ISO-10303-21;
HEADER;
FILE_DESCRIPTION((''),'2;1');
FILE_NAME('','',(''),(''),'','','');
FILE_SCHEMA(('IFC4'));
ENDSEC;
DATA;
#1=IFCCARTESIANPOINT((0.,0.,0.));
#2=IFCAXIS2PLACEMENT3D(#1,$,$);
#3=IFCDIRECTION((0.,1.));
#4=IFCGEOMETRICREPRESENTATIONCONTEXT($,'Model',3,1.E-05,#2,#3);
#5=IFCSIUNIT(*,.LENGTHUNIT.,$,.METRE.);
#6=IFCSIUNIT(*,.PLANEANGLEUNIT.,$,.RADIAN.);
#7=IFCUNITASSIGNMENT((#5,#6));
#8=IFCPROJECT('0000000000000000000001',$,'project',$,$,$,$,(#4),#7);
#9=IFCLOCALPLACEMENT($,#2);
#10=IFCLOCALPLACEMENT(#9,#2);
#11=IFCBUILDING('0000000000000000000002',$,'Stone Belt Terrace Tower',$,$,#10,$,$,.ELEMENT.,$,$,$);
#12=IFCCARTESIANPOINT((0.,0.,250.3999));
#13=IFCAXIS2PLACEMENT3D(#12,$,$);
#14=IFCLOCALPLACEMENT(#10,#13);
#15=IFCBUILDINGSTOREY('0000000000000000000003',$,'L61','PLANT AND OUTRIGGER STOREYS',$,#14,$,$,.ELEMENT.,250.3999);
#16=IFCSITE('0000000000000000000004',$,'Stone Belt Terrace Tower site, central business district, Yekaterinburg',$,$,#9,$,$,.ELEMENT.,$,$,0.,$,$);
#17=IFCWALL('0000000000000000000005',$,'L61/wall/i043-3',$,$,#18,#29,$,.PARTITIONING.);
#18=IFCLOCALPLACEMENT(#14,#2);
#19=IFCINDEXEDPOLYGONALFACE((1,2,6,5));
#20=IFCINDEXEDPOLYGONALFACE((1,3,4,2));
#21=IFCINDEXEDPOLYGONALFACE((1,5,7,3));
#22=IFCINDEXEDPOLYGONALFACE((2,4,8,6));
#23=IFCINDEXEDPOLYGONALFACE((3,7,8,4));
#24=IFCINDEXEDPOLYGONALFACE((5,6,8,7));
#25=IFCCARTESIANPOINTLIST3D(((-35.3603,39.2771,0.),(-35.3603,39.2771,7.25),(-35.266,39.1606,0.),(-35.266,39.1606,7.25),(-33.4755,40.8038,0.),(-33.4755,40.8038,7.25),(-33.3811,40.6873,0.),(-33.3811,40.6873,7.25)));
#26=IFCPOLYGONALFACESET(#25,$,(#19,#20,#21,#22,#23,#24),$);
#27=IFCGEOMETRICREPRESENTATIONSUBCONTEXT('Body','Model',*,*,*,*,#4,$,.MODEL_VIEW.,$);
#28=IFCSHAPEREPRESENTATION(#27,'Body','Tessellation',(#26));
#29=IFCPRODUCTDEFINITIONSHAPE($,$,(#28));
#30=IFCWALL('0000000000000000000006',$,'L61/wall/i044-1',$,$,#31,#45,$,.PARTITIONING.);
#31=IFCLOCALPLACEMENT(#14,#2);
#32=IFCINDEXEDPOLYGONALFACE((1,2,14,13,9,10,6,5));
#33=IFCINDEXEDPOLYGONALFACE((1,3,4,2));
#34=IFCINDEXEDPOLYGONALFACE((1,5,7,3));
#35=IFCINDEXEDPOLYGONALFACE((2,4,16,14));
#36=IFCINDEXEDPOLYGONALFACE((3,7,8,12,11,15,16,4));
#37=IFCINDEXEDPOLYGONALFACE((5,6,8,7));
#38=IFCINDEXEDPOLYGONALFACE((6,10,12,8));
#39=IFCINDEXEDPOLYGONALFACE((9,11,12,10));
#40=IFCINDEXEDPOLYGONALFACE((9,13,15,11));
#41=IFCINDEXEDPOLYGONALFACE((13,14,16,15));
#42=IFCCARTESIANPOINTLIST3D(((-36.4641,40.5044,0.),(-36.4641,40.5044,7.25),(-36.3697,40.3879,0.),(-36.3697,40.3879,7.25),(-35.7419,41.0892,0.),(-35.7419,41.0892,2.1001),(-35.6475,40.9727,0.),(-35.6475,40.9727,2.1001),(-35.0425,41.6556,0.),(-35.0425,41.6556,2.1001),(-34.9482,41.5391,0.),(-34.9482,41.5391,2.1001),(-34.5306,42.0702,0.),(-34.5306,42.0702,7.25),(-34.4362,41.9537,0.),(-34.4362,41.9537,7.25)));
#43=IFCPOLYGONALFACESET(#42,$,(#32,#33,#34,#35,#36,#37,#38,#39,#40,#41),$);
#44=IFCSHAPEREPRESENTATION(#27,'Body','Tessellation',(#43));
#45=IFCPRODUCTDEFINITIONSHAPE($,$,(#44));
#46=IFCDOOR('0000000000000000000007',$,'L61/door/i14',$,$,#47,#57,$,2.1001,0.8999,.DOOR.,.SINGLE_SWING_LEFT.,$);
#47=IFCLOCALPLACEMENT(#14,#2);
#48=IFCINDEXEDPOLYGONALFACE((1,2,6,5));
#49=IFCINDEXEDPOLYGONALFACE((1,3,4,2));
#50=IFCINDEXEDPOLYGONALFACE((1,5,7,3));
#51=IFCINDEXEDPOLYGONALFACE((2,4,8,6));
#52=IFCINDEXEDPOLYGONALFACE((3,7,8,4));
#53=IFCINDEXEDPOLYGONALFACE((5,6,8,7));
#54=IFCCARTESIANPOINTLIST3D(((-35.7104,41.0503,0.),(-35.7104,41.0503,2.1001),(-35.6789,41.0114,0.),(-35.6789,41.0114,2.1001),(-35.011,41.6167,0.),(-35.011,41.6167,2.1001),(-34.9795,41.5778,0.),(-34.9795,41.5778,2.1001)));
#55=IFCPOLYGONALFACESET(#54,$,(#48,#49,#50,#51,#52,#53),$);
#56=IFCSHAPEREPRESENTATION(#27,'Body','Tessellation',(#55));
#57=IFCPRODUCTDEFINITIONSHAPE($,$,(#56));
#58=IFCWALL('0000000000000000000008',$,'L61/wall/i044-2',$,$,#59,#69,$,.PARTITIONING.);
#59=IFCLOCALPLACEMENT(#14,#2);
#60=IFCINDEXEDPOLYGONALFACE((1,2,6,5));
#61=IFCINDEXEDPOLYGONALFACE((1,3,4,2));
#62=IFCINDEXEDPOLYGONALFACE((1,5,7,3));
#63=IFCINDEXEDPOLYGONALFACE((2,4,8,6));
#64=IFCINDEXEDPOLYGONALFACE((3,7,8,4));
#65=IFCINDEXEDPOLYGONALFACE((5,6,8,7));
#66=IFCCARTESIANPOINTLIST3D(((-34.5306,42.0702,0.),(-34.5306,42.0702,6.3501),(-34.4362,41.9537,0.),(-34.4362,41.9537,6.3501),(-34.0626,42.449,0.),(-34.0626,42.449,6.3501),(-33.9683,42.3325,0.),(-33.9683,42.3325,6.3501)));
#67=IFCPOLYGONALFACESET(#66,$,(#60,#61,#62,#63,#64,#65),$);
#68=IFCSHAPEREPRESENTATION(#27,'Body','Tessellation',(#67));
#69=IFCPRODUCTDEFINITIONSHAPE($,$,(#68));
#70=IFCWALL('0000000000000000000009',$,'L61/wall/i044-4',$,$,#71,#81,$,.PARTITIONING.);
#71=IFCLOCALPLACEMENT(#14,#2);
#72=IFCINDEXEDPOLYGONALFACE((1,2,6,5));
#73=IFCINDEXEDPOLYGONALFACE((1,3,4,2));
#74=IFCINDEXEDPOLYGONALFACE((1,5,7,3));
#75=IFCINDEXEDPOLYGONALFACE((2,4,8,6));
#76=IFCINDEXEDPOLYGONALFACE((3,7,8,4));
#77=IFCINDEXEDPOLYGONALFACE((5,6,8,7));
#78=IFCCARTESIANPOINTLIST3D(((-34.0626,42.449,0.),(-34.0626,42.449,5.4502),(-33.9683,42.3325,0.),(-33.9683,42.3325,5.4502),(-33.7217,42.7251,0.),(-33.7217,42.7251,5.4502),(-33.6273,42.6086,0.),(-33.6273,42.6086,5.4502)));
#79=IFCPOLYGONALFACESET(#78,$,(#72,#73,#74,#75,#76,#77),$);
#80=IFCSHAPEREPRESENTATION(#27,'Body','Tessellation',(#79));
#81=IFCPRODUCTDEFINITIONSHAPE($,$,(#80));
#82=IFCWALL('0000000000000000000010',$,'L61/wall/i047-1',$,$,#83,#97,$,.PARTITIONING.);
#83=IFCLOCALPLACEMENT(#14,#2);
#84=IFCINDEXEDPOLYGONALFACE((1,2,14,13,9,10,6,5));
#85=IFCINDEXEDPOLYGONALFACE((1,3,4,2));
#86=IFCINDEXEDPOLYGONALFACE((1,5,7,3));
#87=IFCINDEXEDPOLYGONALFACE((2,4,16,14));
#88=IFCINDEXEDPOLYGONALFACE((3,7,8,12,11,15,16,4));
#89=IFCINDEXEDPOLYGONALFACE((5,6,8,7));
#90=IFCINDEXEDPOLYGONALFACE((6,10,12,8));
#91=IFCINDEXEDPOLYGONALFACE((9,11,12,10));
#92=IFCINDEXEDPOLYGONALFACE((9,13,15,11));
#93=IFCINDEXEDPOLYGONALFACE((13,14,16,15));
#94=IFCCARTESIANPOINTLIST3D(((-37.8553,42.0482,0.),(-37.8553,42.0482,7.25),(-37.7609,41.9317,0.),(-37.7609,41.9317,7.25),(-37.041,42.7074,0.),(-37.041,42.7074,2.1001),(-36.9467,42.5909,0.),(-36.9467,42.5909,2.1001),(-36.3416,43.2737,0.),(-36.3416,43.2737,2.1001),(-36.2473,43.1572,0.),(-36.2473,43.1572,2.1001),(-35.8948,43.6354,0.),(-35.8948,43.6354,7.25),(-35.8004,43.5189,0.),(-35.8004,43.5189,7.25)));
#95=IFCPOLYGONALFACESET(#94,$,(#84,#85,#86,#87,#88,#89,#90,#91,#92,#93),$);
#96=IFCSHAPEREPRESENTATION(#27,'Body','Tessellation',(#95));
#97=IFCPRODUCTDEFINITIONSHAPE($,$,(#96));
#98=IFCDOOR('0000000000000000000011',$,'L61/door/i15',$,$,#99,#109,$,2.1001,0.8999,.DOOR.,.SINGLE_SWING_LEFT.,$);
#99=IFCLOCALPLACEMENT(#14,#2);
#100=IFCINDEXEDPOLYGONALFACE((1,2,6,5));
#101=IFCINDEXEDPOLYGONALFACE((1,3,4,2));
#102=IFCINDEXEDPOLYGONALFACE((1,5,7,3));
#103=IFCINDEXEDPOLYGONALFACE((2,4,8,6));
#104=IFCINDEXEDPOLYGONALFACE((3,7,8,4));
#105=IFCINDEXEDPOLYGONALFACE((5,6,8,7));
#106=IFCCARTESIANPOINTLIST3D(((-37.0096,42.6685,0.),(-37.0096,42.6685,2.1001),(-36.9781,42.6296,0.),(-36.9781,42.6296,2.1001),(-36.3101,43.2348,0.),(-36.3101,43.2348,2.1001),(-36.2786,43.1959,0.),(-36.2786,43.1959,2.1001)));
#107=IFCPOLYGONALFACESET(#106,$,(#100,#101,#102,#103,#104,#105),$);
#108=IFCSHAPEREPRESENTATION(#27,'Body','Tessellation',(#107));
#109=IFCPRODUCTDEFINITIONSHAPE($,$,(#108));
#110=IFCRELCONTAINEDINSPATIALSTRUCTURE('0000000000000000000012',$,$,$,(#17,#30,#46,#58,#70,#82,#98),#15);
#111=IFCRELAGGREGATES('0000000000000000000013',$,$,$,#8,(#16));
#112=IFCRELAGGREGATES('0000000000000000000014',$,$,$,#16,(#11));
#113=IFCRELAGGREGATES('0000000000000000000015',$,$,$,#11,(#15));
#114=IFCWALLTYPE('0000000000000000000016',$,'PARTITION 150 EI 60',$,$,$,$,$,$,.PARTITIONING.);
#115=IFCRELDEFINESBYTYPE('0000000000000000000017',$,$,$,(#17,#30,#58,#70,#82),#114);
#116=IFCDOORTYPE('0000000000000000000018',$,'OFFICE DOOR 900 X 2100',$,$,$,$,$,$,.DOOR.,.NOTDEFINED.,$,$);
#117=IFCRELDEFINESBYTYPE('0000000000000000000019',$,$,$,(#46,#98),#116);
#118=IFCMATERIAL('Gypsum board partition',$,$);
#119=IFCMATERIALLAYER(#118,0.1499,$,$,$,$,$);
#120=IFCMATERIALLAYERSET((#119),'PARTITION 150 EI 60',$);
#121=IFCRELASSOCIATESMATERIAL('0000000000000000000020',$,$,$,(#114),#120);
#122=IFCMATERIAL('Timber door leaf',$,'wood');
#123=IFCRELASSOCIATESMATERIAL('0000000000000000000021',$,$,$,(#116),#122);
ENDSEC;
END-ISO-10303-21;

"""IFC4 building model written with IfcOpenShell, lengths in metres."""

from ifc_helpers import new_model, si_unit, direction, frame, frame_2d, origin, place, context, subcontext, project, spatial, rectangle, extrude, material, layer, layer_set, type_object, element, fill, save


model = new_model("IFC4")

# Units and contexts
model_context = context("Model", 3, precision=1e-05, world=origin(), true_north=direction((0.0, 1.0)))
body_context = subcontext(model_context, "Body", "Model", "MODEL_VIEW")
ifc_project = project(units=[si_unit("LENGTHUNIT", "METRE"), si_unit("PLANEANGLEUNIT", "RADIAN")], contexts=[model_context])

# Site, building, storey
site_placement = place(None, origin())
site = spatial("IfcSite", under=ifc_project, at=site_placement, Name="Stone Belt Terrace Tower site, central business district, Yekaterinburg", CompositionType="ELEMENT", RefElevation=0.0)
building_placement = place(site_placement, origin())
building = spatial("IfcBuilding", under=site, at=building_placement, Name="Stone Belt Terrace Tower", CompositionType="ELEMENT")
storey_placement = place(building_placement, frame((0.0, 0.0, 250.3999)))
storey = spatial("IfcBuildingStorey", under=building, at=storey_placement, Name="L61", Description="PLANT AND OUTRIGGER STOREYS", CompositionType="ELEMENT", Elevation=250.3999)

# Shared definitions
ifc_material_1 = material(Name="Gypsum board partition")
ifc_layer_1 = layer(ifc_material_1, 0.1499)
ifc_layer_set_1 = layer_set([ifc_layer_1], Name="PARTITION 150 EI 60")
wall_type = type_object("IfcWallType", Name="PARTITION 150 EI 60", PredefinedType="PARTITIONING", material=ifc_layer_set_1)

# Wall
wall_1_placement = place(storey_placement, frame((-33.4282, 40.7456, 0.0), z_axis=(0.0, 0.0, 1.0), x_axis=(-0.777074, -0.62941, 0.0)))
element("IfcWall", 1, at=wall_1_placement, inside=storey, type_object=wall_type, Name="L61/wall/i043-3", PredefinedType="PARTITIONING", context=body_context, shape_type="SweptSolid", body=[
    extrude(rectangle(XDim=2.4255, YDim=0.1499, at=frame_2d((1.2129, 0.0))), origin(), (0.0, 0.0, 1.0), 7.25),
])

# Wall, opening, door
wall_2_placement = place(storey_placement, frame((-36.417, 40.446, 0.0), z_axis=(0.0, 0.0, 1.0), x_axis=(0.777121, 0.629351, 0.0)))
wall_2 = element("IfcWall", 2, at=wall_2_placement, inside=storey, type_object=wall_type, Name="L61/wall/i044-1", PredefinedType="PARTITIONING", context=body_context, shape_type="SweptSolid", body=[
    extrude(rectangle(XDim=2.488, YDim=0.1499, at=frame_2d((1.2441, 0.0))), origin(), (0.0, 0.0, 1.0), 7.25),
])
opening_1_placement = place(wall_2_placement, frame((0.9294, 0.0, 0.0)))
opening_1 = element("IfcOpeningElement", 3, at=opening_1_placement, cuts=wall_2, PredefinedType="OPENING", context=body_context, shape_type="SweptSolid", body=[
    extrude(rectangle(XDim=0.8999, YDim=2.1001, at=frame_2d((0.45, 1.05))), frame((0.0, 0.085, 0.0), z_axis=(0.0, -1.0, 0.0), x_axis=(1.0, 0.0, 0.0)), (0.0, 0.0, 1.0), 0.1699),
])
ifc_material_2 = material(Name="Timber door leaf", Category="wood")
door_type_1 = type_object("IfcDoorType", Name="OFFICE DOOR 900 X 2100", OperationType="NOTDEFINED", PredefinedType="DOOR", material=ifc_material_2)
door_1_placement = place(opening_1_placement, origin())
door_1 = element("IfcDoor", 4, at=door_1_placement, inside=storey, type_object=door_type_1, Name="L61/door/i14", OperationType="SINGLE_SWING_LEFT", OverallHeight=2.1001, OverallWidth=0.8999, PredefinedType="DOOR", context=body_context, shape_type="SweptSolid", body=[
    extrude(rectangle(XDim=0.8999, YDim=2.1001, at=frame_2d((0.45, 1.05))), frame((0.0, 0.0249, 0.0), z_axis=(0.0, -1.0, 0.0), x_axis=(1.0, 0.0, 0.0)), (0.0, 0.0, 1.0), 0.05),
])
fill(opening_1, door_1)

# Walls
wall_3_placement = place(storey_placement, frame((-34.4834, 42.012, 0.0), z_axis=(0.0, 0.0, 1.0), x_axis=(0.777217, 0.629233, 0.0)))
element("IfcWall", 5, at=wall_3_placement, inside=storey, type_object=wall_type, Name="L61/wall/i044-2", PredefinedType="PARTITIONING", context=body_context, shape_type="SweptSolid", body=[
    extrude(rectangle(XDim=0.6021, YDim=0.1499, at=frame_2d((0.301, 0.0))), origin(), (0.0, 0.0, 1.0), 6.3501),
])
wall_4_placement = place(storey_placement, frame((-34.0154, 42.3909, 0.0), z_axis=(0.0, 0.0, 1.0), x_axis=(0.777219, 0.62923, 0.0)))
element("IfcWall", 6, at=wall_4_placement, inside=storey, type_object=wall_type, Name="L61/wall/i044-4", PredefinedType="PARTITIONING", context=body_context, shape_type="SweptSolid", body=[
    extrude(rectangle(XDim=0.4387, YDim=0.1499, at=frame_2d((0.2192, 0.0))), origin(), (0.0, 0.0, 1.0), 5.4502),
])

# Wall, opening, door
wall_5_placement = place(storey_placement, frame((-37.8081, 41.99, 0.0), z_axis=(0.0, 0.0, 1.0), x_axis=(0.77722, 0.629229, 0.0)))
wall_5 = element("IfcWall", 7, at=wall_5_placement, inside=storey, type_object=wall_type, Name="L61/wall/i047-1", PredefinedType="PARTITIONING", context=body_context, shape_type="SweptSolid", body=[
    extrude(rectangle(XDim=2.5225, YDim=0.1499, at=frame_2d((1.2612, 0.0))), origin(), (0.0, 0.0, 1.0), 7.25),
])
opening_2_placement = place(wall_5_placement, frame((1.0476, 0.0, 0.0)))
opening_2 = element("IfcOpeningElement", 8, at=opening_2_placement, cuts=wall_5, PredefinedType="OPENING", context=body_context, shape_type="SweptSolid", body=[
    extrude(rectangle(XDim=0.8999, YDim=2.1001, at=frame_2d((0.45, 1.05))), frame((0.0, 0.085, 0.0), z_axis=(0.0, -1.0, 0.0), x_axis=(1.0, 0.0, 0.0)), (0.0, 0.0, 1.0), 0.1699),
])
door_2_placement = place(opening_2_placement, origin())
door_2 = element("IfcDoor", 9, at=door_2_placement, inside=storey, type_object=door_type_1, Name="L61/door/i15", OperationType="SINGLE_SWING_LEFT", OverallHeight=2.1001, OverallWidth=0.8999, PredefinedType="DOOR", context=body_context, shape_type="SweptSolid", body=[
    extrude(rectangle(XDim=0.8999, YDim=2.1001, at=frame_2d((0.45, 1.05))), frame((0.0, 0.0249, 0.0), z_axis=(0.0, -1.0, 0.0), x_axis=(1.0, 0.0, 0.0)), (0.0, 0.0, 1.0), 0.05),
])
fill(opening_2, door_2)

save(model, "model.ifc")
